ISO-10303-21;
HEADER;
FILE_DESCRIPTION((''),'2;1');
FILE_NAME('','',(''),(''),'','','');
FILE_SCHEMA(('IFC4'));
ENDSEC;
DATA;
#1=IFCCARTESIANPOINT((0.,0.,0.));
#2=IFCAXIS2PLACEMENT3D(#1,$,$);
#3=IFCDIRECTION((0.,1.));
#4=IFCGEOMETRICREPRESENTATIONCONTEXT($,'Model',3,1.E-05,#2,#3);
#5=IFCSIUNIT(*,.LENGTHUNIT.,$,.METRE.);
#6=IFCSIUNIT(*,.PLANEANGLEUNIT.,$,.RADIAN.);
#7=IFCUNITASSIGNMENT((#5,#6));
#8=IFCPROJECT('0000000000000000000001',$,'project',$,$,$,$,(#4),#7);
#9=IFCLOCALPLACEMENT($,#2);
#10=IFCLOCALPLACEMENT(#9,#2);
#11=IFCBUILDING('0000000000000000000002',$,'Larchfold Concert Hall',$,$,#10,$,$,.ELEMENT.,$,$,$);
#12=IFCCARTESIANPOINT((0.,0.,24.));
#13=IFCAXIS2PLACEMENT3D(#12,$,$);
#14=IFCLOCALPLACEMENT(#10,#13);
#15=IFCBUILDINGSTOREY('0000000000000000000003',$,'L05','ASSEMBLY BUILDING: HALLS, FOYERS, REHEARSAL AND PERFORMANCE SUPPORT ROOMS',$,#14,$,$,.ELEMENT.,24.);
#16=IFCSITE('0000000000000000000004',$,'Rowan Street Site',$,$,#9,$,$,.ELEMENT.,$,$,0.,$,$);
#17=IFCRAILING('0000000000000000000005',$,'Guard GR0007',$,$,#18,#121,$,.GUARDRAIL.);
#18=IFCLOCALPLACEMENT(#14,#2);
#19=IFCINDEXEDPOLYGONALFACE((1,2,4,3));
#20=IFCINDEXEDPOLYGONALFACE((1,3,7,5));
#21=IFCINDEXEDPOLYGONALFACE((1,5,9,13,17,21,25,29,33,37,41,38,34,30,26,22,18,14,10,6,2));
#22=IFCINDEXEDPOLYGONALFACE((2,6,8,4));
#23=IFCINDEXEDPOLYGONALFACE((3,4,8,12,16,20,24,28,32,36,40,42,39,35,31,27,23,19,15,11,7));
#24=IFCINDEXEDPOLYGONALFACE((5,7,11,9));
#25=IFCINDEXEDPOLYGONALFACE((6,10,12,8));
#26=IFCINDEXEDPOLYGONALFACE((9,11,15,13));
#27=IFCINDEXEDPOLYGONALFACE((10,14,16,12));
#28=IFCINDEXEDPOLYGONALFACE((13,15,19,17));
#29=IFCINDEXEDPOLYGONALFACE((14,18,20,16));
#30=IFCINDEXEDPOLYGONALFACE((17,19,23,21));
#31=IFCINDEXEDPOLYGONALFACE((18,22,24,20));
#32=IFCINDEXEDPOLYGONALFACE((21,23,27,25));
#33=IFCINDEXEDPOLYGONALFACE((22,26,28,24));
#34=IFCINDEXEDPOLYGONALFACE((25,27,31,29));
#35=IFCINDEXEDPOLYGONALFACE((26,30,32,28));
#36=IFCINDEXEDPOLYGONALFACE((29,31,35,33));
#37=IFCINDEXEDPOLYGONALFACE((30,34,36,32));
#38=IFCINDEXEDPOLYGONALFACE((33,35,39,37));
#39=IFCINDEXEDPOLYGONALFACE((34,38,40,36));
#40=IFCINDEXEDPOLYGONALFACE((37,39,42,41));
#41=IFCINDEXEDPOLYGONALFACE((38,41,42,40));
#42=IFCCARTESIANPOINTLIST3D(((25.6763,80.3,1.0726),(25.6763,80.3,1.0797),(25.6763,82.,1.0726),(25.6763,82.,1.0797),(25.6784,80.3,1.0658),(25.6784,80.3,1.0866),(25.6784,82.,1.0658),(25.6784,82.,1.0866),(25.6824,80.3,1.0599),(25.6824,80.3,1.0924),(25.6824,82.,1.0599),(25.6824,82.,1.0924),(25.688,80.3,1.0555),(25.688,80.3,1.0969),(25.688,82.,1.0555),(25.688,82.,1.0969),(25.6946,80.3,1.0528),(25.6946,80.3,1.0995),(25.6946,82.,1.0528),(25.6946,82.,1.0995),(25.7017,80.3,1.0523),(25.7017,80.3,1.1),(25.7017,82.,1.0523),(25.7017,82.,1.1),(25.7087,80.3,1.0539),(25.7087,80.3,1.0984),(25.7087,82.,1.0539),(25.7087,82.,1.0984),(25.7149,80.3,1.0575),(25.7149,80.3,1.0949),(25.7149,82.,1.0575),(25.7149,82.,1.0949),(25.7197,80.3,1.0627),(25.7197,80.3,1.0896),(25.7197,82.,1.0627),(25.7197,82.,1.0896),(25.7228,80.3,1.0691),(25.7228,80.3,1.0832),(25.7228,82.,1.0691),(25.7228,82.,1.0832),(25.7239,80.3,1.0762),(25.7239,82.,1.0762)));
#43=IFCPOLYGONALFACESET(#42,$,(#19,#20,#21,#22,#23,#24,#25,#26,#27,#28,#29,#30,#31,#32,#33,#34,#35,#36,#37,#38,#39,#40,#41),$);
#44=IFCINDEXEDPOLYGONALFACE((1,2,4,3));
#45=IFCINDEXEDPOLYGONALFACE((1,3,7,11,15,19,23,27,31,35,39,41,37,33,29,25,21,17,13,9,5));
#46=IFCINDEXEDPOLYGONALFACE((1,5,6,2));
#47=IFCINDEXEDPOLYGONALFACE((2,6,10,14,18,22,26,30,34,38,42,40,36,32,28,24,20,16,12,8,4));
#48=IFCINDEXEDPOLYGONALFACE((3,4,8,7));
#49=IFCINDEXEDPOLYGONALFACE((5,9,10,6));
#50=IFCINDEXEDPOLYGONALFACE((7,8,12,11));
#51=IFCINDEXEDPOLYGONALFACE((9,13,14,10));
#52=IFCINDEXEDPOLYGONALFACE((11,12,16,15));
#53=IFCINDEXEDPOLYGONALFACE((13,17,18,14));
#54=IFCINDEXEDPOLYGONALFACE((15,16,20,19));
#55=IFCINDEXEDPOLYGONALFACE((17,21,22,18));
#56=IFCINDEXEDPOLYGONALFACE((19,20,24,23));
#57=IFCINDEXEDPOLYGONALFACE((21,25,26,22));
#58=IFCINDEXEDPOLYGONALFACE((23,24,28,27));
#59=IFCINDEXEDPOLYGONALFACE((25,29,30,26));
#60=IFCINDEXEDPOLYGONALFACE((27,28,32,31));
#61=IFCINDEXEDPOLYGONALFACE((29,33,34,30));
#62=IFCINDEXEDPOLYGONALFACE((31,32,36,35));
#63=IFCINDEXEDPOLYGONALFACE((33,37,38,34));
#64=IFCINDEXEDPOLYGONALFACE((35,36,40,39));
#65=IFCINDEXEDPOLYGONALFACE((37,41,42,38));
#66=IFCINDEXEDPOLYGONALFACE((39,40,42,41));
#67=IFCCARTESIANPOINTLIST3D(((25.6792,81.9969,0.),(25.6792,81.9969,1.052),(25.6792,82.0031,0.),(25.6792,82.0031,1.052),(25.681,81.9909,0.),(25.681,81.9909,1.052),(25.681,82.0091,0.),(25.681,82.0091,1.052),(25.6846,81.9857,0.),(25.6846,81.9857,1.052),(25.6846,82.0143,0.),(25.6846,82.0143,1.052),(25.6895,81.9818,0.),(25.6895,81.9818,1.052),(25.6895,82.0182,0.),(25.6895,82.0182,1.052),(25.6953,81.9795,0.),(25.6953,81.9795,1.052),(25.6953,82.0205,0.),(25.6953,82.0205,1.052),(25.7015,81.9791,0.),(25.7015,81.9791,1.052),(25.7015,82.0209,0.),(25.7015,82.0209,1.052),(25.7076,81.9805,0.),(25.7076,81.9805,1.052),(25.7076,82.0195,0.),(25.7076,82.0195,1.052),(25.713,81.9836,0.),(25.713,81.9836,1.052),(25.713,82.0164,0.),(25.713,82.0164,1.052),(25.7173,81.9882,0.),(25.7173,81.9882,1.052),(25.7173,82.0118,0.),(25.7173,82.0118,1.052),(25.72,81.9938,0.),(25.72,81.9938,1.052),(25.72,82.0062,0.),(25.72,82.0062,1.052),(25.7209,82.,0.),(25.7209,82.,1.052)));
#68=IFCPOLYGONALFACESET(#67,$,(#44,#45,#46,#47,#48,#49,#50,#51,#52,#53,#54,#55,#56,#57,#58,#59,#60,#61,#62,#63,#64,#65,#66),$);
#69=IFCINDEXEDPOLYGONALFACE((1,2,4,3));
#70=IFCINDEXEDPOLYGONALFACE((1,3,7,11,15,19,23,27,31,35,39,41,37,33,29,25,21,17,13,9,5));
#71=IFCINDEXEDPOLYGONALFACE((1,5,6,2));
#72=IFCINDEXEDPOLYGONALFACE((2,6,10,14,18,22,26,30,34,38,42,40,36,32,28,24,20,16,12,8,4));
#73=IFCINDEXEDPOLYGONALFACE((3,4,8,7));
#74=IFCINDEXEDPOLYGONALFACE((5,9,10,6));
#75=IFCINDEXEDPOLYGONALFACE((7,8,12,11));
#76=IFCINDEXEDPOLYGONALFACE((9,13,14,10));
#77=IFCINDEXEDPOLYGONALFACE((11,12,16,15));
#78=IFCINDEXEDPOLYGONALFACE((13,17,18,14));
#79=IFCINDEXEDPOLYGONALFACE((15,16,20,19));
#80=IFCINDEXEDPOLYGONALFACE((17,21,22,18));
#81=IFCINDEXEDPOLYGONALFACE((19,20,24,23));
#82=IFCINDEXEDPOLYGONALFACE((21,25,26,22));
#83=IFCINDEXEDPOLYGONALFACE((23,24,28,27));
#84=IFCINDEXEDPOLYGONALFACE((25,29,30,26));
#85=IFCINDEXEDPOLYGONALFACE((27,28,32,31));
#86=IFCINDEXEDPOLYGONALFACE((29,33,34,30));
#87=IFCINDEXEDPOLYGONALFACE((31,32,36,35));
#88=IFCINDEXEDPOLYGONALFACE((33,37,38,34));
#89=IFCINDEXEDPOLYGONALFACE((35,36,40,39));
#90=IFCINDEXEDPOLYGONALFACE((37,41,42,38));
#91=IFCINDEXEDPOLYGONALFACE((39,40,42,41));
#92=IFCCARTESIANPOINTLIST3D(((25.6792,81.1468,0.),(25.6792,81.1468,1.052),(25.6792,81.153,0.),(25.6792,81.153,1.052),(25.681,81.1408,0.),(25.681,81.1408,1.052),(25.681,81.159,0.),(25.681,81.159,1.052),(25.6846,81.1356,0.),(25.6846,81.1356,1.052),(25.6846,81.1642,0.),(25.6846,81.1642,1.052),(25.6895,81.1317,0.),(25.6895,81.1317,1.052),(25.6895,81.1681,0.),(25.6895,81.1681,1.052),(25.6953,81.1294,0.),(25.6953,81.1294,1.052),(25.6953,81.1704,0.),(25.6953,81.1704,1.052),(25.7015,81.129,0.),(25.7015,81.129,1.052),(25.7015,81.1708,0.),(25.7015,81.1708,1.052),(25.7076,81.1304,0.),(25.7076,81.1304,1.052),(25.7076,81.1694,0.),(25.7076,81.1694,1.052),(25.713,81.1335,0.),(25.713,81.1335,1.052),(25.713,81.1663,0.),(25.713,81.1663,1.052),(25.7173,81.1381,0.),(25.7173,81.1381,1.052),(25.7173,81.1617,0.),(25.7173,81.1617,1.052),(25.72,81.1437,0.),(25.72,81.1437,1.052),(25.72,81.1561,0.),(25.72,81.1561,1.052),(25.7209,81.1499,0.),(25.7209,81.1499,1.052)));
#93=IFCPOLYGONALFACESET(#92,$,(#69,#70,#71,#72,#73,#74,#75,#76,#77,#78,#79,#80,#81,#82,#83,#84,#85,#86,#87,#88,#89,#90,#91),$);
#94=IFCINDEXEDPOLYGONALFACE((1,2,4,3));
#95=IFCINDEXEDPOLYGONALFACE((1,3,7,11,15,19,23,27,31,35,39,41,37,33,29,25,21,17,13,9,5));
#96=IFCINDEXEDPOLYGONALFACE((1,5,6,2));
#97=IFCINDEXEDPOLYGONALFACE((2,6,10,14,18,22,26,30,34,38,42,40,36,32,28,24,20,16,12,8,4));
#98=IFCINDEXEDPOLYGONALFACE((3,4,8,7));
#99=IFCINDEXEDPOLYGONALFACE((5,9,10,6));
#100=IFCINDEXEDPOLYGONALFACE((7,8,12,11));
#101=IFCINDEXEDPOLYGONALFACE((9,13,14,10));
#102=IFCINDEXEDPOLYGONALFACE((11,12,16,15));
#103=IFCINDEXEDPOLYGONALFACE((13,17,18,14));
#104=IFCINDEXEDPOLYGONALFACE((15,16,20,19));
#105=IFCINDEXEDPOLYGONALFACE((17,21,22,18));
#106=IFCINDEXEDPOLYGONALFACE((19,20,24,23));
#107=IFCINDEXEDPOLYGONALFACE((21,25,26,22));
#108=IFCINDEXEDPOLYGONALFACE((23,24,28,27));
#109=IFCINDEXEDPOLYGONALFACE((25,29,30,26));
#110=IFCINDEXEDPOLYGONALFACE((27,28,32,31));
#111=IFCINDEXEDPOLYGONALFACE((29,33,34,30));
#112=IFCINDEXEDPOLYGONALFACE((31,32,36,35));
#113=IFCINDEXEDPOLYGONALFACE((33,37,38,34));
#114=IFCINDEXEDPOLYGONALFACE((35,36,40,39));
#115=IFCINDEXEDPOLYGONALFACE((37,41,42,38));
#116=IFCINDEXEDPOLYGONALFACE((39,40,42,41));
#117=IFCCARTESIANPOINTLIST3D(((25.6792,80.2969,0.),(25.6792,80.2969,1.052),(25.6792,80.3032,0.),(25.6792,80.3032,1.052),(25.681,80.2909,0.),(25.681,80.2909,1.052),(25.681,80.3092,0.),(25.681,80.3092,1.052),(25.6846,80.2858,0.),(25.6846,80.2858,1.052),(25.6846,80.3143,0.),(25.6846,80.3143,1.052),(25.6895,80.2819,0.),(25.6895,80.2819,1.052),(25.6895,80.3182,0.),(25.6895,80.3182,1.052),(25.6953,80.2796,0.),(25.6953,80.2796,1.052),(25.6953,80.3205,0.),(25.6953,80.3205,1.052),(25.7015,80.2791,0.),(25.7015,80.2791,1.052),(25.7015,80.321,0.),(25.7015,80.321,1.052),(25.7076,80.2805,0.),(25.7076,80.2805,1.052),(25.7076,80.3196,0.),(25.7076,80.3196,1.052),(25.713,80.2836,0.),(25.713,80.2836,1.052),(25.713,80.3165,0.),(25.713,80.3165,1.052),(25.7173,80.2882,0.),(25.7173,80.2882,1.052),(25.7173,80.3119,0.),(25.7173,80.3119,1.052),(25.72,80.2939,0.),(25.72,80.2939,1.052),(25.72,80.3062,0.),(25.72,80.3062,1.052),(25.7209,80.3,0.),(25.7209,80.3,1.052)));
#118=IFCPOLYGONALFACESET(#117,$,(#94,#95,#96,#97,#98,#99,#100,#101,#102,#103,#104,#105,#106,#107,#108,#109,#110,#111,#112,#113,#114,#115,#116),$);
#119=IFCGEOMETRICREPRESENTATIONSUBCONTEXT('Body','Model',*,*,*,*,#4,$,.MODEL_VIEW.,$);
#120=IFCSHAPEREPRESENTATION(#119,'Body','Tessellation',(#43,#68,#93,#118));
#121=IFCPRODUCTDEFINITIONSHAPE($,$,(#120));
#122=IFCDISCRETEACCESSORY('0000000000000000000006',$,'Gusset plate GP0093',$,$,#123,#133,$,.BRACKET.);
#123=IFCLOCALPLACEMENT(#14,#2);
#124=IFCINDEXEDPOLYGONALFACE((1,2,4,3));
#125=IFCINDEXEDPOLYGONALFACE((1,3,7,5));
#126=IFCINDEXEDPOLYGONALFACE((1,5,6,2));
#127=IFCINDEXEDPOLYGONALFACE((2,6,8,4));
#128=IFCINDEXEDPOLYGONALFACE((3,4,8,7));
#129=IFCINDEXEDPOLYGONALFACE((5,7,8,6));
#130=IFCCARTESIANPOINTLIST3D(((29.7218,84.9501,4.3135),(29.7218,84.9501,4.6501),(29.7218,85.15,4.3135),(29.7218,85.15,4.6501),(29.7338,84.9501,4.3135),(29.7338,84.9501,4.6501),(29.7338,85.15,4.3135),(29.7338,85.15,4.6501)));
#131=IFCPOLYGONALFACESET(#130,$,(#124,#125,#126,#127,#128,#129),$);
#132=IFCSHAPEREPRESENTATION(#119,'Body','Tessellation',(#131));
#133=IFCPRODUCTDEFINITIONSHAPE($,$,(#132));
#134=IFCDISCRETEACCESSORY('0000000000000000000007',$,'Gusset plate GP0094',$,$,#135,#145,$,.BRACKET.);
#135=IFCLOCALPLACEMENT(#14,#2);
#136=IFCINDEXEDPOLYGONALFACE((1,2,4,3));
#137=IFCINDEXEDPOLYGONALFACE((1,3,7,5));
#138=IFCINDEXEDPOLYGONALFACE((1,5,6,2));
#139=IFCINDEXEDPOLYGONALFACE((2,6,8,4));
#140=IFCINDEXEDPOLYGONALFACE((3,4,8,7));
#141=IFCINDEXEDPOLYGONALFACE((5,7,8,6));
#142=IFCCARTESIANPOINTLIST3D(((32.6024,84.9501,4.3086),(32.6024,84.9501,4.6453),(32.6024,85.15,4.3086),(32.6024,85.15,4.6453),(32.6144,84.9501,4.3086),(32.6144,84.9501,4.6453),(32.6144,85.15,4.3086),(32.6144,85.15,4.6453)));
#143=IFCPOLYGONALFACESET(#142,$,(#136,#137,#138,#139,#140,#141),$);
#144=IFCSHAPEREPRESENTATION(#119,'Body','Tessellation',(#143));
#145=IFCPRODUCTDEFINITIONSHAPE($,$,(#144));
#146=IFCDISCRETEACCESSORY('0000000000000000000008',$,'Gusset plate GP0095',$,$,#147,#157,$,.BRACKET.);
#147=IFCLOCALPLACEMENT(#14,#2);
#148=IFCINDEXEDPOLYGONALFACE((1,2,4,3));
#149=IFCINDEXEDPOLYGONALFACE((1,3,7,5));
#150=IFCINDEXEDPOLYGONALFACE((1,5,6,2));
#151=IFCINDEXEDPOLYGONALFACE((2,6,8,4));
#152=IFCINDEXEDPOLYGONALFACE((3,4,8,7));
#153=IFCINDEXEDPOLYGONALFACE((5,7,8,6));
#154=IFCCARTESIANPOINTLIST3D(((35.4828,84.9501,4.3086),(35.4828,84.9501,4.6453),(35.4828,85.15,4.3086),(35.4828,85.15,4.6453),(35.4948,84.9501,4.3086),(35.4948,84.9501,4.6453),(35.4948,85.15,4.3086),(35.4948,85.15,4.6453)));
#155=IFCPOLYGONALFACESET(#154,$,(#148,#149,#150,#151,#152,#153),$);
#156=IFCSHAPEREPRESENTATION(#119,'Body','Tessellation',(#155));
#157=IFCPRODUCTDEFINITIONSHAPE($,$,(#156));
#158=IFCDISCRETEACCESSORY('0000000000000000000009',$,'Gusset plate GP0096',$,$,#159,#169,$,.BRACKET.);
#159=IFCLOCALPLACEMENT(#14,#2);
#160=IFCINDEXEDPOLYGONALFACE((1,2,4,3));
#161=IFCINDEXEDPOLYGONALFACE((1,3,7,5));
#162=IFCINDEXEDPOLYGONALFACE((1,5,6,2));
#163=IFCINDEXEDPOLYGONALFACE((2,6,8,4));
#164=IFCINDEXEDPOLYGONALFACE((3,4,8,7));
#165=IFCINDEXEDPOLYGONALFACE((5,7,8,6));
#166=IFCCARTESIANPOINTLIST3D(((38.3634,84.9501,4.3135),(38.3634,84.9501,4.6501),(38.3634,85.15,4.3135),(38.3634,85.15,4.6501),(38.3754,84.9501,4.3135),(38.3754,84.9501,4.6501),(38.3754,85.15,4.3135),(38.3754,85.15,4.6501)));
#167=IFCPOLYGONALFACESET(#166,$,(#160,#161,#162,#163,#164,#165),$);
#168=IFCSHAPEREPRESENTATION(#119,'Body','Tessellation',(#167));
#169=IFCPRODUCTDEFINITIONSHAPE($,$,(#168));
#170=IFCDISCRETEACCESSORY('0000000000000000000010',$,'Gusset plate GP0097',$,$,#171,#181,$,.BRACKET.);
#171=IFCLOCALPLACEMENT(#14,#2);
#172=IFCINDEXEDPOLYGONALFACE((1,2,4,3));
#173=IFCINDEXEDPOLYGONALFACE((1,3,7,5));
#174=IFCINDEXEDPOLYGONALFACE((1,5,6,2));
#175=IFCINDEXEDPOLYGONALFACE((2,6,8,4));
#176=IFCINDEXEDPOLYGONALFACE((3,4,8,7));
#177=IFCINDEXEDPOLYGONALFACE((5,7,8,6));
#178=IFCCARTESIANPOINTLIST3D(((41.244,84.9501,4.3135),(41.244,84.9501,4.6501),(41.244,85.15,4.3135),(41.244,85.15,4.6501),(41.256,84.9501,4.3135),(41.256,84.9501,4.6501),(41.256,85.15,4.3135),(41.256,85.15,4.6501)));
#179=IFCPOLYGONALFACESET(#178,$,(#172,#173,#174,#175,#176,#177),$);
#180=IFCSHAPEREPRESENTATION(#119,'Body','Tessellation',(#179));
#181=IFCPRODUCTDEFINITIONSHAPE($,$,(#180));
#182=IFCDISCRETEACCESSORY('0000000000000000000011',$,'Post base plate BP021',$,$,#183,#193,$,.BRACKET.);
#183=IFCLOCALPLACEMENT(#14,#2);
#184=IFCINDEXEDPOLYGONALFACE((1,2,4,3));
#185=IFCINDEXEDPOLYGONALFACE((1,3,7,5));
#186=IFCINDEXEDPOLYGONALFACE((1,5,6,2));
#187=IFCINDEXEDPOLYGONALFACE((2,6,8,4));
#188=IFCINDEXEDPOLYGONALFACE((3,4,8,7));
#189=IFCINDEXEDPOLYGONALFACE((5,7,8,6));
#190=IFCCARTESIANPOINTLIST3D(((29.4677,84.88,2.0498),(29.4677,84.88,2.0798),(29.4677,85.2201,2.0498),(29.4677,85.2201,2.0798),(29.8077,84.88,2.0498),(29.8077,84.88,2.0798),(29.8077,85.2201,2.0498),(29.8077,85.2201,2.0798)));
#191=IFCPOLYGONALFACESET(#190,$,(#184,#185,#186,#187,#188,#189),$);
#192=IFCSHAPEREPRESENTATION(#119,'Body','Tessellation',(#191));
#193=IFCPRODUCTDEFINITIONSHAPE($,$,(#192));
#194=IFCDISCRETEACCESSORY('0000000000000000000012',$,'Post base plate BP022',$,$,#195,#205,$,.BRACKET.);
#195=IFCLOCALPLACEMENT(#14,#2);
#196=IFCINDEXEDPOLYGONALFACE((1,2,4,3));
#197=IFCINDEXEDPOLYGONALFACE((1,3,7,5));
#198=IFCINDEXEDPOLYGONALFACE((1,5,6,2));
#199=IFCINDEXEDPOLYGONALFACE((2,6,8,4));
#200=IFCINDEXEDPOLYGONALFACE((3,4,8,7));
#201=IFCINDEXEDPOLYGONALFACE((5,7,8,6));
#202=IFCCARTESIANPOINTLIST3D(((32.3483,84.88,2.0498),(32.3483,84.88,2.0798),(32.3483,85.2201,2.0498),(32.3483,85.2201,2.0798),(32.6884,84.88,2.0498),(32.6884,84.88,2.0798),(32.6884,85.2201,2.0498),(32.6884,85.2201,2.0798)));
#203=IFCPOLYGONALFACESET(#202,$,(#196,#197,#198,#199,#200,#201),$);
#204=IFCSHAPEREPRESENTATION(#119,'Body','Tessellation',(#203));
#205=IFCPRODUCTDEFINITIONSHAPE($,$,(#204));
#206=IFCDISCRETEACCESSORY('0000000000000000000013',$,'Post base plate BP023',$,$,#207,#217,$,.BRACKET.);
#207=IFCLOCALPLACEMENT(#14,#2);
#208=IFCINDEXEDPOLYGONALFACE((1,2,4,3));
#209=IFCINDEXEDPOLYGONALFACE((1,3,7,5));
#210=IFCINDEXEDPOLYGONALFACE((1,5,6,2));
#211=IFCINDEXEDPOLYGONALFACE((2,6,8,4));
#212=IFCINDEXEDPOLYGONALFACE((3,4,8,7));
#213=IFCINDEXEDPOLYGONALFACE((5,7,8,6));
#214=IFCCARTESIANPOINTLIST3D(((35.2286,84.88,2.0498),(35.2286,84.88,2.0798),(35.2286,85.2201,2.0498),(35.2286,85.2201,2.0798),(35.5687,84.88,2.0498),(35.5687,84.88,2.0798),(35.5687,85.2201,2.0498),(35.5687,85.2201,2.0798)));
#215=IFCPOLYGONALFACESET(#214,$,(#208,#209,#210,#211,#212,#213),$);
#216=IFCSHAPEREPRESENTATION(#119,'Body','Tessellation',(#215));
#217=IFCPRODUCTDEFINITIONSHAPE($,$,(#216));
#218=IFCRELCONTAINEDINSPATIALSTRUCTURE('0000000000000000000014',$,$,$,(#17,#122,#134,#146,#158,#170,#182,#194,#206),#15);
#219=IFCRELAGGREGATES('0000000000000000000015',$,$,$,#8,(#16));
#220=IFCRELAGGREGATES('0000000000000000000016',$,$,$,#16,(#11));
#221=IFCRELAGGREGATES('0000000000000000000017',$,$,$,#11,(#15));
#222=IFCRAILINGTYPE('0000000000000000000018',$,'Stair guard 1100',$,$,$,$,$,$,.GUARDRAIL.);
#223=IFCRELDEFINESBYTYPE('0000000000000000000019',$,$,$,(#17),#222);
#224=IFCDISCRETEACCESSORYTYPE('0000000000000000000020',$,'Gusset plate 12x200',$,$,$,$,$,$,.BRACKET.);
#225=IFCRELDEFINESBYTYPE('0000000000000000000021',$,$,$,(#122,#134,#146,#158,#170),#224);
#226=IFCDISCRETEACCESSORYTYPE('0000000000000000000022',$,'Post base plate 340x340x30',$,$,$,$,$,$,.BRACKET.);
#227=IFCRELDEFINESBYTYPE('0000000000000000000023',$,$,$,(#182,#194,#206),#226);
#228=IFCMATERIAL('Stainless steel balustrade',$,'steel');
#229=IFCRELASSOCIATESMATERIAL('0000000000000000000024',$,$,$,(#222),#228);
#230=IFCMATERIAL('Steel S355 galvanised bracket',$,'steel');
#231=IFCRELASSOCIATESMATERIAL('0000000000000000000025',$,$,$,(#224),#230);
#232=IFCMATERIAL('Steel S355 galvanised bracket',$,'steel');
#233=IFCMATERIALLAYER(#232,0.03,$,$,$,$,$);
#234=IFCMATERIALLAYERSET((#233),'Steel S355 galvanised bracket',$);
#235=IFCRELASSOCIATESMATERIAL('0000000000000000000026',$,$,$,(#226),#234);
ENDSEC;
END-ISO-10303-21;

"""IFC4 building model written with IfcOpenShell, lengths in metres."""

from ifc_helpers import new_model, si_unit, direction, frame, origin, origin_2d, place, context, subcontext, project, spatial, rectangle, circle, extrude, material, layer, layer_set, material_profile, profile_set, type_object, element, save


model = new_model("IFC4")

# Units and contexts
model_context = context("Model", 3, precision=1e-05, world=origin(), true_north=direction((0.0, 1.0)))
body_context = subcontext(model_context, "Body", "Model", "MODEL_VIEW")
ifc_project = project(units=[si_unit("LENGTHUNIT", "METRE"), si_unit("PLANEANGLEUNIT", "RADIAN")], contexts=[model_context])

# Site, building, storey
site_placement = place(None, origin())
site = spatial("IfcSite", under=ifc_project, at=site_placement, Name="Rowan Street Site", CompositionType="ELEMENT", RefElevation=0.0)
building_placement = place(site_placement, origin())
building = spatial("IfcBuilding", under=site, at=building_placement, Name="Larchfold Concert Hall", CompositionType="ELEMENT")
storey_placement = place(building_placement, frame((0.0, 0.0, 24.0)))
storey = spatial("IfcBuildingStorey", under=building, at=storey_placement, Name="L05", Description="ASSEMBLY BUILDING: HALLS, FOYERS, REHEARSAL AND PERFORMANCE SUPPORT ROOMS", CompositionType="ELEMENT", Elevation=24.0)

# Railing
ifc_material_1 = material(Name="Stainless steel balustrade", Category="steel")
railing_type = type_object("IfcRailingType", Name="Stair guard 1100", PredefinedType="GUARDRAIL", material=ifc_material_1)
railing_placement = place(storey_placement, frame((25.7, 82.0, 0.0)))
element("IfcRailing", 1, at=railing_placement, inside=storey, type_object=railing_type, Name="Guard GR0007", PredefinedType="GUARDRAIL", context=body_context, shape_type="SweptSolid", body=[
    extrude(circle(Radius=0.0239, at=origin_2d()), frame((0.0, 0.0, 1.0762), z_axis=(0.0, -1.0, 0.0), x_axis=(1.0, 0.0, 0.0)), (0.0, 0.0, 1.0), 1.7),
    extrude(circle(Radius=0.021, at=origin_2d()), origin(), (0.0, 0.0, 1.0), 1.052),
    extrude(circle(Radius=0.021, at=origin_2d()), frame((0.0, -0.8501, 0.0)), (0.0, 0.0, 1.0), 1.052),
    extrude(circle(Radius=0.021, at=origin_2d()), frame((0.0, -1.7, 0.0)), (0.0, 0.0, 1.0), 1.052),
])

# Discrete accessories
ifc_material_2 = material(Name="Steel S355 galvanised bracket", Category="steel")
ifc_material_profile_1 = material_profile(ifc_material_2, rectangle(XDim=0.012, YDim=0.2, at=origin_2d()))
ifc_profile_set_1 = profile_set([ifc_material_profile_1], Name="Steel S355 galvanised bracket")
discrete_accessory_type_1 = type_object("IfcDiscreteAccessoryType", Name="Gusset plate 12x200", PredefinedType="BRACKET", material=ifc_profile_set_1)
for number, where, z_axis, x_axis, name in (
    (2, (29.7278, 85.05, 4.3135), (0.0, 0.0, 1.0), (1.0, 0.0, 0.0), "Gusset plate GP0093"),
    (3, (32.6084, 85.05, 4.3086), (0.0, 0.0, 1.0), (1.0, 0.0, 0.0), "Gusset plate GP0094"),
    (4, (35.4888, 85.05, 4.3086), (0.0, 0.0, 1.0), (1.0, 0.0, 0.0), "Gusset plate GP0095"),
    (5, (38.3694, 85.05, 4.3135), (0.0, 0.0, 1.0), (1.0, 0.0, 0.0), "Gusset plate GP0096"),
    (6, (41.25, 85.05, 4.3135), (0.0, 0.0, 1.0), (1.0, 0.0, 0.0), "Gusset plate GP0097"),
):
    element("IfcDiscreteAccessory", number, at=place(storey_placement, frame(where, z_axis=z_axis, x_axis=x_axis)), inside=storey, type_object=discrete_accessory_type_1, Name=name, PredefinedType="BRACKET", context=body_context, shape_type="SweptSolid", body=[
        extrude(rectangle(XDim=0.012, YDim=0.2, at=origin_2d()), origin(), (0.0, 0.0, 1.0), 0.3367),
    ])
ifc_material_3 = material(Name="Steel S355 galvanised bracket", Category="steel")
ifc_layer_1 = layer(ifc_material_3, 0.03)
ifc_layer_set_1 = layer_set([ifc_layer_1], Name="Steel S355 galvanised bracket")
discrete_accessory_type_2 = type_object("IfcDiscreteAccessoryType", Name="Post base plate 340x340x30", PredefinedType="BRACKET", material=ifc_layer_set_1)
for number, where, z_axis, x_axis, name in (
    (7, (29.6377, 85.05, 2.0498), (0.0, 0.0, 1.0), (1.0, 0.0, 0.0), "Post base plate BP021"),
    (8, (32.5183, 85.05, 2.0498), (0.0, 0.0, 1.0), (1.0, 0.0, 0.0), "Post base plate BP022"),
    (9, (35.3987, 85.05, 2.0498), (0.0, 0.0, 1.0), (1.0, 0.0, 0.0), "Post base plate BP023"),
):
    element("IfcDiscreteAccessory", number, at=place(storey_placement, frame(where, z_axis=z_axis, x_axis=x_axis)), inside=storey, type_object=discrete_accessory_type_2, Name=name, PredefinedType="BRACKET", context=body_context, shape_type="SweptSolid", body=[
        extrude(rectangle(XDim=0.3401, YDim=0.3401, at=origin_2d()), origin(), (0.0, 0.0, 1.0), 0.03),
    ])

save(model, "model.ifc")
